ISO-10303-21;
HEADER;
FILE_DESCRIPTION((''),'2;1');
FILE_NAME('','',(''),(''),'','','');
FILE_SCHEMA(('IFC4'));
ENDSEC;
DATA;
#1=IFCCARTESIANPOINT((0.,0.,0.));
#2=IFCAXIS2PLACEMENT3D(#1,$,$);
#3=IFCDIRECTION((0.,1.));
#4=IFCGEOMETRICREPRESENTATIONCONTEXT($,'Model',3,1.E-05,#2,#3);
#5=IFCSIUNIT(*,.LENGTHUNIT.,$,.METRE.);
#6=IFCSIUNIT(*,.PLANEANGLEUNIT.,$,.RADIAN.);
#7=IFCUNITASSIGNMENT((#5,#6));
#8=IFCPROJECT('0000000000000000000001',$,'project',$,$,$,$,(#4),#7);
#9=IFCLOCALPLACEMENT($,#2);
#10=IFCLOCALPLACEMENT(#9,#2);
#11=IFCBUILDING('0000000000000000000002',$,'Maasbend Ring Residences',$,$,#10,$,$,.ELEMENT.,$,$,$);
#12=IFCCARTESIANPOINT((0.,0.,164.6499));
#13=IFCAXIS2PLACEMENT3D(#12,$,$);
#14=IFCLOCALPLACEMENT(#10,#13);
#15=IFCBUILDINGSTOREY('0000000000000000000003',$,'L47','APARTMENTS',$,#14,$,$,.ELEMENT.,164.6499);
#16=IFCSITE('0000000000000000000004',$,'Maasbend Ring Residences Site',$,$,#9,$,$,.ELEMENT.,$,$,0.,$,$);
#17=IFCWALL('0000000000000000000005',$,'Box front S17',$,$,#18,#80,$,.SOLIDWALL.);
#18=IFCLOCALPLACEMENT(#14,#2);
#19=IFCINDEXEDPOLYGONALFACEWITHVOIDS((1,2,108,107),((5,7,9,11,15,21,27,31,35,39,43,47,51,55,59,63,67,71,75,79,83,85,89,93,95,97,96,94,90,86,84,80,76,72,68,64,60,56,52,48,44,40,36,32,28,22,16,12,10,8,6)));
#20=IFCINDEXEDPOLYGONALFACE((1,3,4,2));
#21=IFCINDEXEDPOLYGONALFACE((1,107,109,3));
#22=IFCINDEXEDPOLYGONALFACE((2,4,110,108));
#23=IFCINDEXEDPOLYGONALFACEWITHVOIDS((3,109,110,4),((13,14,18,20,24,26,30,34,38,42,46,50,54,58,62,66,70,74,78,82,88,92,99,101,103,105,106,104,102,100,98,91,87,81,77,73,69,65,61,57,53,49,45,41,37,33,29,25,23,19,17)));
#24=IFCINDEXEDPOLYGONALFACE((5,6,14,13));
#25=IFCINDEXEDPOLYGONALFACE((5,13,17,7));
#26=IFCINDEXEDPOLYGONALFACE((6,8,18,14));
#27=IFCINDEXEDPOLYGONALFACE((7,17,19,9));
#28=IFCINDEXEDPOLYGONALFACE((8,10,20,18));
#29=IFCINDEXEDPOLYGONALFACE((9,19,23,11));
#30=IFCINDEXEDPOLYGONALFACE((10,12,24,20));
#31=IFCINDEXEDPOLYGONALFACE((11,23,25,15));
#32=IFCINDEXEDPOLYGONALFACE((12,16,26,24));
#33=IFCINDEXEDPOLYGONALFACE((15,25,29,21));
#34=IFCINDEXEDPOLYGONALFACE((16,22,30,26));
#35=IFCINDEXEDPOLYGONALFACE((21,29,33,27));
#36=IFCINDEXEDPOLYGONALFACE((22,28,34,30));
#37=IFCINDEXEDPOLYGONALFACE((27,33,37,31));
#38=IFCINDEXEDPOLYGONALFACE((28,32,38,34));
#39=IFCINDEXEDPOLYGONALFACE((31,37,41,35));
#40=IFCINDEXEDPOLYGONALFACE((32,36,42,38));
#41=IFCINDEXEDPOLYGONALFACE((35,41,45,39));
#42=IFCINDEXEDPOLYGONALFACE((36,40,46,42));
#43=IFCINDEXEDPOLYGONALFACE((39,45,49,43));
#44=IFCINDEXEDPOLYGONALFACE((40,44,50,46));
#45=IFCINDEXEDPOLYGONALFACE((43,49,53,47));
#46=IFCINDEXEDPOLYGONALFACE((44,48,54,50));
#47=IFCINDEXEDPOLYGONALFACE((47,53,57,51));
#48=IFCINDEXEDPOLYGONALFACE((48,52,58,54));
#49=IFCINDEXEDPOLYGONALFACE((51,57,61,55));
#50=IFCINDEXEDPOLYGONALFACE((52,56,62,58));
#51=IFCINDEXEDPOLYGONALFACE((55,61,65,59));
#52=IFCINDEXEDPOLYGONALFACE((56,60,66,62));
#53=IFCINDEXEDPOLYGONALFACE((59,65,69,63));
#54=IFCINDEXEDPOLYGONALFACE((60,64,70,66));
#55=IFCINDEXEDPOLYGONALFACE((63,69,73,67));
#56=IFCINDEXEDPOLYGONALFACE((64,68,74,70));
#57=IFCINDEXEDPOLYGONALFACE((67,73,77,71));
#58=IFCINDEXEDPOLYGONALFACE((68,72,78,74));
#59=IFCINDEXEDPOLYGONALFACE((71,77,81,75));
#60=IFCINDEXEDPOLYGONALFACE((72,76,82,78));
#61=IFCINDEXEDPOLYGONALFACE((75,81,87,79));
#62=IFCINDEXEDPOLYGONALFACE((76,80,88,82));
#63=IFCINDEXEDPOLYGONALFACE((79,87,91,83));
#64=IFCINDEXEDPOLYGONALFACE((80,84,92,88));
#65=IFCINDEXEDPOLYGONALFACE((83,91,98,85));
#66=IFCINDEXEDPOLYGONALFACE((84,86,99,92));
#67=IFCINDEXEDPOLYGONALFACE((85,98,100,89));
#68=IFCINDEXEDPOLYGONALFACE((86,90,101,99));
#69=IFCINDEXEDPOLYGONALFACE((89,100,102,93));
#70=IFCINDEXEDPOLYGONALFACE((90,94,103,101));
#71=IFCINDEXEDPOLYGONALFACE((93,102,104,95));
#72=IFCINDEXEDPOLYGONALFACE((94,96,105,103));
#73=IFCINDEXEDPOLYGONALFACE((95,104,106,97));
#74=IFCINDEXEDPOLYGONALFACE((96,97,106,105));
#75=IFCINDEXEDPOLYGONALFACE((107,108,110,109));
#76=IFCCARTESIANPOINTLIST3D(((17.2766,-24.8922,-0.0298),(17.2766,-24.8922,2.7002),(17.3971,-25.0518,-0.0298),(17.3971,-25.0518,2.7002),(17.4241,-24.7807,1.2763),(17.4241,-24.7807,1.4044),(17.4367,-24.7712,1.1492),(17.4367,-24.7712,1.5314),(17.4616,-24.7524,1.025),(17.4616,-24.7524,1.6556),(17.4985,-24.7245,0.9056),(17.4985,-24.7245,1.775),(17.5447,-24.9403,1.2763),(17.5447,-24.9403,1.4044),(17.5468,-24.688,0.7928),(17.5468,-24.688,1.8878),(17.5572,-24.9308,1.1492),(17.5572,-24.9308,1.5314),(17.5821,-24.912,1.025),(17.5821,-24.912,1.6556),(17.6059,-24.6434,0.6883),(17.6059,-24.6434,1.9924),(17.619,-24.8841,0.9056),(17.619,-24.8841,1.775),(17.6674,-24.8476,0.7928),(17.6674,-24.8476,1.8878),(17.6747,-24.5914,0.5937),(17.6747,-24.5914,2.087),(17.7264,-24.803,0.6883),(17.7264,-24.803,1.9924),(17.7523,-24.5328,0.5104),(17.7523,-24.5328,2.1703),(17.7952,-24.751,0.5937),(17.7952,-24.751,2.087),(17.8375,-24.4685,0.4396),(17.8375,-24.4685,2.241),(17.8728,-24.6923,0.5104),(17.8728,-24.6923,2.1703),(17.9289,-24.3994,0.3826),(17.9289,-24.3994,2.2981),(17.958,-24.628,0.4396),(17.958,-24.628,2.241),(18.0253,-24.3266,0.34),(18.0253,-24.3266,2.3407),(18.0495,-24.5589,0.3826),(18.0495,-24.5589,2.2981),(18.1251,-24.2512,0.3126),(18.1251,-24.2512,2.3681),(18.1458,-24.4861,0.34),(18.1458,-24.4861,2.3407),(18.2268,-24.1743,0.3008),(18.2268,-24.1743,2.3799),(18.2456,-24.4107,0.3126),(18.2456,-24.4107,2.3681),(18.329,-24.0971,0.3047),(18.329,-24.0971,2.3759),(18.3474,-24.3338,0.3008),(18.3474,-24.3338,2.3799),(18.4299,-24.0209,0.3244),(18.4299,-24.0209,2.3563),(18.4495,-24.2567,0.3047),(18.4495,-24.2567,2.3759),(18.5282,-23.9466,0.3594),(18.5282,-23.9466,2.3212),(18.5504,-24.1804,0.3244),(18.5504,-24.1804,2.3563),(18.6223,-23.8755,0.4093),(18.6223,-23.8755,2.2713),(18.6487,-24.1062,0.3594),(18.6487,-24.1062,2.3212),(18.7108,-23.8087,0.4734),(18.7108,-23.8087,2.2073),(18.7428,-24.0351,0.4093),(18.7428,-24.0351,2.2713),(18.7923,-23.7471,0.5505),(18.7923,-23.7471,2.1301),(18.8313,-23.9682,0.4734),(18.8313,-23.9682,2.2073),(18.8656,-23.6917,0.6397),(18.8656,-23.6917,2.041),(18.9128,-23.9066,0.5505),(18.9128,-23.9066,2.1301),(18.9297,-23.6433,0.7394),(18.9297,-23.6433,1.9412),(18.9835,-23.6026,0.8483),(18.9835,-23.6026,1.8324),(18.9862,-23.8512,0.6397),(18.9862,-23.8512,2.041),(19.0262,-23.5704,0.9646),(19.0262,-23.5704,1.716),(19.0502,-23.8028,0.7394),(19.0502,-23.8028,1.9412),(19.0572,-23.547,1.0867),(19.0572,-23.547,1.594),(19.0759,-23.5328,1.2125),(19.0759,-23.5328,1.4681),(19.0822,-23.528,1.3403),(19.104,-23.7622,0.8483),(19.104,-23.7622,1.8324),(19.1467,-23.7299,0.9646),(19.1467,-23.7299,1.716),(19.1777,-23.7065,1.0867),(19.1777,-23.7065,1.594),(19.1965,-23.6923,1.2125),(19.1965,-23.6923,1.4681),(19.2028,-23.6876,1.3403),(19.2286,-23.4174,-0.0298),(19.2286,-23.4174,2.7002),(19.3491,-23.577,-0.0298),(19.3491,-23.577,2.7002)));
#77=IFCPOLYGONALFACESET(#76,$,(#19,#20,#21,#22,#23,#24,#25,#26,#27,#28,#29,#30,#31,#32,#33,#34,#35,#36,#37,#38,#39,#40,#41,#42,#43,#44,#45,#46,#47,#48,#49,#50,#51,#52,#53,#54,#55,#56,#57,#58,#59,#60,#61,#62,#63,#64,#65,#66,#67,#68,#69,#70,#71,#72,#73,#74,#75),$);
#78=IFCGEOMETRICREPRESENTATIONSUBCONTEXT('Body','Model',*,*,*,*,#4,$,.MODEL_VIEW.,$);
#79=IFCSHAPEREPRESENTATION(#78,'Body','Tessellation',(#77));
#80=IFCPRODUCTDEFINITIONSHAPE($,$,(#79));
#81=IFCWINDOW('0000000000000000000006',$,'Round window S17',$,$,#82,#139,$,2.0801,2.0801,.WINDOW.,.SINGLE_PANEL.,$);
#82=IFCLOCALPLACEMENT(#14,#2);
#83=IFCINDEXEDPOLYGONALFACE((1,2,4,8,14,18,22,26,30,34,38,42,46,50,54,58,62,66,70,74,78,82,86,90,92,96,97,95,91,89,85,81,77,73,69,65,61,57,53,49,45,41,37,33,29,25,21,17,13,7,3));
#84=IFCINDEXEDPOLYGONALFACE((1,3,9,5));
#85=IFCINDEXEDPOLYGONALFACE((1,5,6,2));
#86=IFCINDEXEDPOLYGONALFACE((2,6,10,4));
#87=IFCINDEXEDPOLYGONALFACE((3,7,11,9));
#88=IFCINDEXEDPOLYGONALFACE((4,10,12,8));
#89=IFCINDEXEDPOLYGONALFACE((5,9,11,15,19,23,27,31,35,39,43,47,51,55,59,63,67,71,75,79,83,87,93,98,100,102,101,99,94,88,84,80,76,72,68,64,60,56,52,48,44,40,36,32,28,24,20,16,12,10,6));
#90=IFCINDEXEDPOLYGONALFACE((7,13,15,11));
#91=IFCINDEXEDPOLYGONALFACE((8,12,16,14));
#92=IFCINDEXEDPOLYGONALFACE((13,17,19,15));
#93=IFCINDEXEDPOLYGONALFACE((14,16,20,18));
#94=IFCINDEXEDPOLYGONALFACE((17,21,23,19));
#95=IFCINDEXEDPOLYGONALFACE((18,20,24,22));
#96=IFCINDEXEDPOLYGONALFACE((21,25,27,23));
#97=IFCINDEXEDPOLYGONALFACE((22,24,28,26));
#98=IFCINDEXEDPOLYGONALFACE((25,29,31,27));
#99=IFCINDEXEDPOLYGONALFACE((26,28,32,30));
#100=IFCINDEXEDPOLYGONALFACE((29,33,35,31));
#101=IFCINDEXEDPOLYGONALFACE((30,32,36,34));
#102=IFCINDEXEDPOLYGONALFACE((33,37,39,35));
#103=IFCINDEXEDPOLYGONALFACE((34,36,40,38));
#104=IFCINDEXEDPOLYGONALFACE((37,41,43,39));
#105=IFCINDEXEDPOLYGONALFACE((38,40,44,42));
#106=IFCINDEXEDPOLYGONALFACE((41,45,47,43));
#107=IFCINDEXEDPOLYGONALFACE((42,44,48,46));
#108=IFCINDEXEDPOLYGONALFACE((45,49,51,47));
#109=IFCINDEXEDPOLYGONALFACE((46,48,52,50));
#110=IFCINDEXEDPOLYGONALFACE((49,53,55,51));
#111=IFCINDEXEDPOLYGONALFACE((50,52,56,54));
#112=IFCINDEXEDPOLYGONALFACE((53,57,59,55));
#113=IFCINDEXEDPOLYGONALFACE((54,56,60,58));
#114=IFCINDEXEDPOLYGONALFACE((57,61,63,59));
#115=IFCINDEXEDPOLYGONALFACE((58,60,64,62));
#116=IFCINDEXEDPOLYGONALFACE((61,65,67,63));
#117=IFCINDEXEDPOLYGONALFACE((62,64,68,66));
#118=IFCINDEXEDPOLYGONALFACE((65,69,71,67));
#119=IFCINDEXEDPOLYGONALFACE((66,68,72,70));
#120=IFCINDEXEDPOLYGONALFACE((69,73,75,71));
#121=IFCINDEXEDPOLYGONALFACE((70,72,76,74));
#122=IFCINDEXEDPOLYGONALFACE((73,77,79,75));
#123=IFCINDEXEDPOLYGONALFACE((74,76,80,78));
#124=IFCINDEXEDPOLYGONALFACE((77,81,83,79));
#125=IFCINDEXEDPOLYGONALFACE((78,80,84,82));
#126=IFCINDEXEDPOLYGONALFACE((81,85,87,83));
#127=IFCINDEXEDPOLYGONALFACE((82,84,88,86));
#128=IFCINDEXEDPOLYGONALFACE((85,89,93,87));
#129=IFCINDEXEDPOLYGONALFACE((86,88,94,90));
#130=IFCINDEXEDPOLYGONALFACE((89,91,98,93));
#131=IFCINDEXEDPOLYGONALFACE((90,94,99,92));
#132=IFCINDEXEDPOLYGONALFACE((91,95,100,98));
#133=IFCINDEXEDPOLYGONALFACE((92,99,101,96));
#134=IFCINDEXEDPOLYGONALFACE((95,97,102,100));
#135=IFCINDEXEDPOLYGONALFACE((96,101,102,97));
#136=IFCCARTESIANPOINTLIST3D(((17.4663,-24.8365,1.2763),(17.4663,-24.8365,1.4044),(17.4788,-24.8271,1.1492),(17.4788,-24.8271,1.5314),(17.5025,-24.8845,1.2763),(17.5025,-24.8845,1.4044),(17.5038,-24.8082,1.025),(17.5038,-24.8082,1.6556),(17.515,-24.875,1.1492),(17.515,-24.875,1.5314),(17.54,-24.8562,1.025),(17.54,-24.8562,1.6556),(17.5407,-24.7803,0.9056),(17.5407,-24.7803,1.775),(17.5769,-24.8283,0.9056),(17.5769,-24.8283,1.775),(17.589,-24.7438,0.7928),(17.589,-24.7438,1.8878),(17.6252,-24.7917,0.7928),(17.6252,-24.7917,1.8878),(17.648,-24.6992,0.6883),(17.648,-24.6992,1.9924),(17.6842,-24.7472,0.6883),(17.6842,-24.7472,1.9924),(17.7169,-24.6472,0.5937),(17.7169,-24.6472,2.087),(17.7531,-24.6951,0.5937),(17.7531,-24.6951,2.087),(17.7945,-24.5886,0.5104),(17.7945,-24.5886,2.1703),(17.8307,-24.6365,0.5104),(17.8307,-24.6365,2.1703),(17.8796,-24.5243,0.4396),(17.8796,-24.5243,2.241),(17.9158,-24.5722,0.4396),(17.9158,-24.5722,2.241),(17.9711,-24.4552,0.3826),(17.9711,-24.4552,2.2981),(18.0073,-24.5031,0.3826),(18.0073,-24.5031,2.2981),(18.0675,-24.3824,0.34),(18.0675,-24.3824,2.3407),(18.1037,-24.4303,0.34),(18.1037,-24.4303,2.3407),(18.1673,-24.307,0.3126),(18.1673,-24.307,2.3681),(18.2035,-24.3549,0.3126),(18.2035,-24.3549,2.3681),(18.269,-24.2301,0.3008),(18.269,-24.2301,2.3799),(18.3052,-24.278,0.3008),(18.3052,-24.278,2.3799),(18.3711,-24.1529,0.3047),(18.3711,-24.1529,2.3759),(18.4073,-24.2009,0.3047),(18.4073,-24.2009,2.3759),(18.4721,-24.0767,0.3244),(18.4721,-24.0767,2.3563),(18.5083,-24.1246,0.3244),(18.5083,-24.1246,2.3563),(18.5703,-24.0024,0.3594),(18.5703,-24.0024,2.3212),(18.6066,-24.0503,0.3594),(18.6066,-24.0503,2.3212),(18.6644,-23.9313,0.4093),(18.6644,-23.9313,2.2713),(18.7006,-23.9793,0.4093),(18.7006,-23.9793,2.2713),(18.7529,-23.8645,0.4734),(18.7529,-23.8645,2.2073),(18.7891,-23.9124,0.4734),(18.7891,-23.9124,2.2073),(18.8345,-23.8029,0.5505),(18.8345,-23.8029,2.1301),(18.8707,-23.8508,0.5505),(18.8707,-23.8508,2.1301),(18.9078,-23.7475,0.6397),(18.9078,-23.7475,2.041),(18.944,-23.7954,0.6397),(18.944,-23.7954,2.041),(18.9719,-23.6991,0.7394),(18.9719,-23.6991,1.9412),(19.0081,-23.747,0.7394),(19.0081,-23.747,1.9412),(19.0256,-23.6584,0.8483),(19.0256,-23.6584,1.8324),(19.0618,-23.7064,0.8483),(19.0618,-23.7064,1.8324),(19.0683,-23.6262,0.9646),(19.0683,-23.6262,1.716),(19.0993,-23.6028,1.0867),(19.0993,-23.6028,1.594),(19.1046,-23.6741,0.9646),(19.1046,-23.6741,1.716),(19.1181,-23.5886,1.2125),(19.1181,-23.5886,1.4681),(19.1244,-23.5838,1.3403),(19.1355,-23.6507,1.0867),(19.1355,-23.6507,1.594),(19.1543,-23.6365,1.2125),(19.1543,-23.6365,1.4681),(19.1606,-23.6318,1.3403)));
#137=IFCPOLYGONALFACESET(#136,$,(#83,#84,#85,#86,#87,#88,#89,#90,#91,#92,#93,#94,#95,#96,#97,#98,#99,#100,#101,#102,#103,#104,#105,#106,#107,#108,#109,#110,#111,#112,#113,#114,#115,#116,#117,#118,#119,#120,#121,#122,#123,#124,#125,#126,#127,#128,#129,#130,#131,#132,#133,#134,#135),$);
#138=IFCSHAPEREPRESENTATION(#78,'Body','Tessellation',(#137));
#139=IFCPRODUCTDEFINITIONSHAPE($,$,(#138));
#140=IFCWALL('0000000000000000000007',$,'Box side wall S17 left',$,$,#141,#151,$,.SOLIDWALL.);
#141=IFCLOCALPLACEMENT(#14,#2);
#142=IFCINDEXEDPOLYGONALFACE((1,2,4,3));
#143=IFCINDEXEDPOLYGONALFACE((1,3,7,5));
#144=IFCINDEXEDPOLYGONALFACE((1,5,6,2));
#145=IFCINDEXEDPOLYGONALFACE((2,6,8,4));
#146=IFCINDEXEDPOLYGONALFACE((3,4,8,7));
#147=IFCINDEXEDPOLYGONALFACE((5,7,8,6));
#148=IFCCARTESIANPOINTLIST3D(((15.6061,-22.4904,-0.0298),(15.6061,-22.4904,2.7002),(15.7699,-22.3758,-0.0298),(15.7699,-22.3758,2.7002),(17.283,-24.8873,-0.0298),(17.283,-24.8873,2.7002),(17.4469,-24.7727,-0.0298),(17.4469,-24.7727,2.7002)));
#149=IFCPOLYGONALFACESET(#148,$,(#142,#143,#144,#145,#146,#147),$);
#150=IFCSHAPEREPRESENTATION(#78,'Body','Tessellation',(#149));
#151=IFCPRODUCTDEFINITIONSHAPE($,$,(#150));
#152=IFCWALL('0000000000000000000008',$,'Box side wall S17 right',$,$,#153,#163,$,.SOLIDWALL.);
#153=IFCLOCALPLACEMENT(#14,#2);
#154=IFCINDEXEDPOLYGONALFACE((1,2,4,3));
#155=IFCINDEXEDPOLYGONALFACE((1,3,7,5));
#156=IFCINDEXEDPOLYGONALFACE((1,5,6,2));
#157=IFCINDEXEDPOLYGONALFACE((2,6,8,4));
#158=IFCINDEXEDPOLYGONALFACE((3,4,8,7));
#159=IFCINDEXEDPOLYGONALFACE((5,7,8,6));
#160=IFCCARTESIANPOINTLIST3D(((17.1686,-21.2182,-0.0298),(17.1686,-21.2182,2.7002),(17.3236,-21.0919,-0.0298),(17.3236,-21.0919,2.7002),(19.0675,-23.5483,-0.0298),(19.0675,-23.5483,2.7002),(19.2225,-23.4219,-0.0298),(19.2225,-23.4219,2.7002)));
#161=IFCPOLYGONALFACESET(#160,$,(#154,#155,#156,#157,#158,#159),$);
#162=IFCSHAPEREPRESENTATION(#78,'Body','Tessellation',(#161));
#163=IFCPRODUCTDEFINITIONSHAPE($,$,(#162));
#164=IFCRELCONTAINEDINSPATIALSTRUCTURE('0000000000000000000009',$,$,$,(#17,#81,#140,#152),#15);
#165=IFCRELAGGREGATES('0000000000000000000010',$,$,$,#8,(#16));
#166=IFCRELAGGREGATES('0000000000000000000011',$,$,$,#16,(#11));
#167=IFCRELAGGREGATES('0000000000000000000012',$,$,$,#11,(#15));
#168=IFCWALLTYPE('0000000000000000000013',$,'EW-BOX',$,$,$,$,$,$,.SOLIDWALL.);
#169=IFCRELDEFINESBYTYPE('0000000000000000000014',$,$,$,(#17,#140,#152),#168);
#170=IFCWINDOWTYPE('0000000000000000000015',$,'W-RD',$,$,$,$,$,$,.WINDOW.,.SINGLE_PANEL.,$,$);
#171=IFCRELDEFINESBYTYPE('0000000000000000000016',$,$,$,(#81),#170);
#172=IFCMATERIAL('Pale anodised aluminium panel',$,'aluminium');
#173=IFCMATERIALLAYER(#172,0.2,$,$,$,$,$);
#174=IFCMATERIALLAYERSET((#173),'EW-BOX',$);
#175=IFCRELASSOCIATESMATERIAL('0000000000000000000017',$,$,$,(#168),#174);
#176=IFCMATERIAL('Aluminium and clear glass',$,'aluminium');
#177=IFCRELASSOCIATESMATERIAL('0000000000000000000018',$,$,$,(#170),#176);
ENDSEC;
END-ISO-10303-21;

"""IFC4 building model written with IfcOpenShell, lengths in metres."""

from ifc_helpers import new_model, si_unit, direction, frame, frame_2d, origin, place, context, subcontext, project, spatial, rectangle, circle, extrude, material, layer, layer_set, type_object, element, fill, save


model = new_model("IFC4")

# Units and contexts
model_context = context("Model", 3, precision=1e-05, world=origin(), true_north=direction((0.0, 1.0)))
body_context = subcontext(model_context, "Body", "Model", "MODEL_VIEW")
ifc_project = project(units=[si_unit("LENGTHUNIT", "METRE"), si_unit("PLANEANGLEUNIT", "RADIAN")], contexts=[model_context])

# Site, building, storey
site_placement = place(None, origin())
site = spatial("IfcSite", under=ifc_project, at=site_placement, Name="Maasbend Ring Residences Site", CompositionType="ELEMENT", RefElevation=0.0)
building_placement = place(site_placement, origin())
building = spatial("IfcBuilding", under=site, at=building_placement, Name="Maasbend Ring Residences", CompositionType="ELEMENT")
storey_placement = place(building_placement, frame((0.0, 0.0, 164.6499)))
storey = spatial("IfcBuildingStorey", under=building, at=storey_placement, Name="L47", Description="APARTMENTS", CompositionType="ELEMENT", Elevation=164.6499)

# Shared definitions
ifc_material_1 = material(Name="Pale anodised aluminium panel", Category="aluminium")
ifc_layer_1 = layer(ifc_material_1, 0.2)
ifc_layer_set_1 = layer_set([ifc_layer_1], Name="EW-BOX")
wall_type_1 = type_object("IfcWallType", Name="EW-BOX", PredefinedType="SOLIDWALL", material=ifc_layer_set_1)
ifc_material_2 = material(Name="Aluminium and clear glass", Category="aluminium")
window_type_1 = type_object("IfcWindowType", Name="W-RD", PartitioningType="SINGLE_PANEL", PredefinedType="WINDOW", material=ifc_material_2)

# Wall, opening, window
wall_1_placement = place(storey_placement, frame((17.3369, -24.9719, -0.0298), z_axis=(0.0, 0.0, 1.0), x_axis=(0.797888, 0.602806, 0.0)))
wall_1 = element("IfcWall", 1, at=wall_1_placement, inside=storey, type_object=wall_type_1, Name="Box front S17", PredefinedType="SOLIDWALL", context=body_context, shape_type="SweptSolid", body=[
    extrude(rectangle(XDim=2.4465, YDim=0.2, at=frame_2d((1.2231, 0.0))), origin(), (0.0, 0.0, 1.0), 2.73),
])
opening_1_placement = place(wall_1_placement, frame((0.1829, 0.0, 0.3301)))
opening_1 = element("IfcOpeningElement", 2, at=opening_1_placement, cuts=wall_1, PredefinedType="OPENING", context=body_context, shape_type="SweptSolid", body=[
    extrude(circle(Radius=1.04, at=frame_2d((1.04, 1.04))), frame((0.0, 0.1099, 0.0), z_axis=(0.0, -1.0, 0.0), x_axis=(1.0, 0.0, 0.0)), (0.0, 0.0, 1.0), 0.22),
])
window_1_placement = place(opening_1_placement, origin())
window_1 = element("IfcWindow", 3, at=window_1_placement, inside=storey, type_object=window_type_1, Name="Round window S17", OverallHeight=2.0801, OverallWidth=2.0801, PartitioningType="SINGLE_PANEL", PredefinedType="WINDOW", context=body_context, shape_type="SweptSolid", body=[
    extrude(circle(Radius=1.04, at=frame_2d((1.04, 1.04))), frame((0.0, 0.03, 0.0), z_axis=(0.0, -1.0, 0.0), x_axis=(1.0, 0.0, 0.0)), (0.0, 0.0, 1.0), 0.0601),
])
fill(opening_1, window_1)

# Walls
wall_2_placement = place(storey_placement, frame((15.688, -22.4331, -0.0298), z_axis=(0.0, 0.0, 1.0), x_axis=(0.573261, -0.819373, 0.0)))
element("IfcWall", 4, at=wall_2_placement, inside=storey, type_object=wall_type_1, Name="Box side wall S17 left", PredefinedType="SOLIDWALL", context=body_context, shape_type="SweptSolid", body=[
    extrude(rectangle(XDim=2.9253, YDim=0.2, at=frame_2d((1.4626, 0.0))), origin(), (0.0, 0.0, 1.0), 2.73),
])
wall_3_placement = place(storey_placement, frame((17.2461, -21.155, -0.0298), z_axis=(0.0, 0.0, 1.0), x_axis=(0.631742, -0.775179, 0.0)))
element("IfcWall", 5, at=wall_3_placement, inside=storey, type_object=wall_type_1, Name="Box side wall S17 right", PredefinedType="SOLIDWALL", context=body_context, shape_type="SweptSolid", body=[
    extrude(rectangle(XDim=3.0059, YDim=0.2, at=frame_2d((1.5029, 0.0))), origin(), (0.0, 0.0, 1.0), 2.73),
])

save(model, "model.ifc")
